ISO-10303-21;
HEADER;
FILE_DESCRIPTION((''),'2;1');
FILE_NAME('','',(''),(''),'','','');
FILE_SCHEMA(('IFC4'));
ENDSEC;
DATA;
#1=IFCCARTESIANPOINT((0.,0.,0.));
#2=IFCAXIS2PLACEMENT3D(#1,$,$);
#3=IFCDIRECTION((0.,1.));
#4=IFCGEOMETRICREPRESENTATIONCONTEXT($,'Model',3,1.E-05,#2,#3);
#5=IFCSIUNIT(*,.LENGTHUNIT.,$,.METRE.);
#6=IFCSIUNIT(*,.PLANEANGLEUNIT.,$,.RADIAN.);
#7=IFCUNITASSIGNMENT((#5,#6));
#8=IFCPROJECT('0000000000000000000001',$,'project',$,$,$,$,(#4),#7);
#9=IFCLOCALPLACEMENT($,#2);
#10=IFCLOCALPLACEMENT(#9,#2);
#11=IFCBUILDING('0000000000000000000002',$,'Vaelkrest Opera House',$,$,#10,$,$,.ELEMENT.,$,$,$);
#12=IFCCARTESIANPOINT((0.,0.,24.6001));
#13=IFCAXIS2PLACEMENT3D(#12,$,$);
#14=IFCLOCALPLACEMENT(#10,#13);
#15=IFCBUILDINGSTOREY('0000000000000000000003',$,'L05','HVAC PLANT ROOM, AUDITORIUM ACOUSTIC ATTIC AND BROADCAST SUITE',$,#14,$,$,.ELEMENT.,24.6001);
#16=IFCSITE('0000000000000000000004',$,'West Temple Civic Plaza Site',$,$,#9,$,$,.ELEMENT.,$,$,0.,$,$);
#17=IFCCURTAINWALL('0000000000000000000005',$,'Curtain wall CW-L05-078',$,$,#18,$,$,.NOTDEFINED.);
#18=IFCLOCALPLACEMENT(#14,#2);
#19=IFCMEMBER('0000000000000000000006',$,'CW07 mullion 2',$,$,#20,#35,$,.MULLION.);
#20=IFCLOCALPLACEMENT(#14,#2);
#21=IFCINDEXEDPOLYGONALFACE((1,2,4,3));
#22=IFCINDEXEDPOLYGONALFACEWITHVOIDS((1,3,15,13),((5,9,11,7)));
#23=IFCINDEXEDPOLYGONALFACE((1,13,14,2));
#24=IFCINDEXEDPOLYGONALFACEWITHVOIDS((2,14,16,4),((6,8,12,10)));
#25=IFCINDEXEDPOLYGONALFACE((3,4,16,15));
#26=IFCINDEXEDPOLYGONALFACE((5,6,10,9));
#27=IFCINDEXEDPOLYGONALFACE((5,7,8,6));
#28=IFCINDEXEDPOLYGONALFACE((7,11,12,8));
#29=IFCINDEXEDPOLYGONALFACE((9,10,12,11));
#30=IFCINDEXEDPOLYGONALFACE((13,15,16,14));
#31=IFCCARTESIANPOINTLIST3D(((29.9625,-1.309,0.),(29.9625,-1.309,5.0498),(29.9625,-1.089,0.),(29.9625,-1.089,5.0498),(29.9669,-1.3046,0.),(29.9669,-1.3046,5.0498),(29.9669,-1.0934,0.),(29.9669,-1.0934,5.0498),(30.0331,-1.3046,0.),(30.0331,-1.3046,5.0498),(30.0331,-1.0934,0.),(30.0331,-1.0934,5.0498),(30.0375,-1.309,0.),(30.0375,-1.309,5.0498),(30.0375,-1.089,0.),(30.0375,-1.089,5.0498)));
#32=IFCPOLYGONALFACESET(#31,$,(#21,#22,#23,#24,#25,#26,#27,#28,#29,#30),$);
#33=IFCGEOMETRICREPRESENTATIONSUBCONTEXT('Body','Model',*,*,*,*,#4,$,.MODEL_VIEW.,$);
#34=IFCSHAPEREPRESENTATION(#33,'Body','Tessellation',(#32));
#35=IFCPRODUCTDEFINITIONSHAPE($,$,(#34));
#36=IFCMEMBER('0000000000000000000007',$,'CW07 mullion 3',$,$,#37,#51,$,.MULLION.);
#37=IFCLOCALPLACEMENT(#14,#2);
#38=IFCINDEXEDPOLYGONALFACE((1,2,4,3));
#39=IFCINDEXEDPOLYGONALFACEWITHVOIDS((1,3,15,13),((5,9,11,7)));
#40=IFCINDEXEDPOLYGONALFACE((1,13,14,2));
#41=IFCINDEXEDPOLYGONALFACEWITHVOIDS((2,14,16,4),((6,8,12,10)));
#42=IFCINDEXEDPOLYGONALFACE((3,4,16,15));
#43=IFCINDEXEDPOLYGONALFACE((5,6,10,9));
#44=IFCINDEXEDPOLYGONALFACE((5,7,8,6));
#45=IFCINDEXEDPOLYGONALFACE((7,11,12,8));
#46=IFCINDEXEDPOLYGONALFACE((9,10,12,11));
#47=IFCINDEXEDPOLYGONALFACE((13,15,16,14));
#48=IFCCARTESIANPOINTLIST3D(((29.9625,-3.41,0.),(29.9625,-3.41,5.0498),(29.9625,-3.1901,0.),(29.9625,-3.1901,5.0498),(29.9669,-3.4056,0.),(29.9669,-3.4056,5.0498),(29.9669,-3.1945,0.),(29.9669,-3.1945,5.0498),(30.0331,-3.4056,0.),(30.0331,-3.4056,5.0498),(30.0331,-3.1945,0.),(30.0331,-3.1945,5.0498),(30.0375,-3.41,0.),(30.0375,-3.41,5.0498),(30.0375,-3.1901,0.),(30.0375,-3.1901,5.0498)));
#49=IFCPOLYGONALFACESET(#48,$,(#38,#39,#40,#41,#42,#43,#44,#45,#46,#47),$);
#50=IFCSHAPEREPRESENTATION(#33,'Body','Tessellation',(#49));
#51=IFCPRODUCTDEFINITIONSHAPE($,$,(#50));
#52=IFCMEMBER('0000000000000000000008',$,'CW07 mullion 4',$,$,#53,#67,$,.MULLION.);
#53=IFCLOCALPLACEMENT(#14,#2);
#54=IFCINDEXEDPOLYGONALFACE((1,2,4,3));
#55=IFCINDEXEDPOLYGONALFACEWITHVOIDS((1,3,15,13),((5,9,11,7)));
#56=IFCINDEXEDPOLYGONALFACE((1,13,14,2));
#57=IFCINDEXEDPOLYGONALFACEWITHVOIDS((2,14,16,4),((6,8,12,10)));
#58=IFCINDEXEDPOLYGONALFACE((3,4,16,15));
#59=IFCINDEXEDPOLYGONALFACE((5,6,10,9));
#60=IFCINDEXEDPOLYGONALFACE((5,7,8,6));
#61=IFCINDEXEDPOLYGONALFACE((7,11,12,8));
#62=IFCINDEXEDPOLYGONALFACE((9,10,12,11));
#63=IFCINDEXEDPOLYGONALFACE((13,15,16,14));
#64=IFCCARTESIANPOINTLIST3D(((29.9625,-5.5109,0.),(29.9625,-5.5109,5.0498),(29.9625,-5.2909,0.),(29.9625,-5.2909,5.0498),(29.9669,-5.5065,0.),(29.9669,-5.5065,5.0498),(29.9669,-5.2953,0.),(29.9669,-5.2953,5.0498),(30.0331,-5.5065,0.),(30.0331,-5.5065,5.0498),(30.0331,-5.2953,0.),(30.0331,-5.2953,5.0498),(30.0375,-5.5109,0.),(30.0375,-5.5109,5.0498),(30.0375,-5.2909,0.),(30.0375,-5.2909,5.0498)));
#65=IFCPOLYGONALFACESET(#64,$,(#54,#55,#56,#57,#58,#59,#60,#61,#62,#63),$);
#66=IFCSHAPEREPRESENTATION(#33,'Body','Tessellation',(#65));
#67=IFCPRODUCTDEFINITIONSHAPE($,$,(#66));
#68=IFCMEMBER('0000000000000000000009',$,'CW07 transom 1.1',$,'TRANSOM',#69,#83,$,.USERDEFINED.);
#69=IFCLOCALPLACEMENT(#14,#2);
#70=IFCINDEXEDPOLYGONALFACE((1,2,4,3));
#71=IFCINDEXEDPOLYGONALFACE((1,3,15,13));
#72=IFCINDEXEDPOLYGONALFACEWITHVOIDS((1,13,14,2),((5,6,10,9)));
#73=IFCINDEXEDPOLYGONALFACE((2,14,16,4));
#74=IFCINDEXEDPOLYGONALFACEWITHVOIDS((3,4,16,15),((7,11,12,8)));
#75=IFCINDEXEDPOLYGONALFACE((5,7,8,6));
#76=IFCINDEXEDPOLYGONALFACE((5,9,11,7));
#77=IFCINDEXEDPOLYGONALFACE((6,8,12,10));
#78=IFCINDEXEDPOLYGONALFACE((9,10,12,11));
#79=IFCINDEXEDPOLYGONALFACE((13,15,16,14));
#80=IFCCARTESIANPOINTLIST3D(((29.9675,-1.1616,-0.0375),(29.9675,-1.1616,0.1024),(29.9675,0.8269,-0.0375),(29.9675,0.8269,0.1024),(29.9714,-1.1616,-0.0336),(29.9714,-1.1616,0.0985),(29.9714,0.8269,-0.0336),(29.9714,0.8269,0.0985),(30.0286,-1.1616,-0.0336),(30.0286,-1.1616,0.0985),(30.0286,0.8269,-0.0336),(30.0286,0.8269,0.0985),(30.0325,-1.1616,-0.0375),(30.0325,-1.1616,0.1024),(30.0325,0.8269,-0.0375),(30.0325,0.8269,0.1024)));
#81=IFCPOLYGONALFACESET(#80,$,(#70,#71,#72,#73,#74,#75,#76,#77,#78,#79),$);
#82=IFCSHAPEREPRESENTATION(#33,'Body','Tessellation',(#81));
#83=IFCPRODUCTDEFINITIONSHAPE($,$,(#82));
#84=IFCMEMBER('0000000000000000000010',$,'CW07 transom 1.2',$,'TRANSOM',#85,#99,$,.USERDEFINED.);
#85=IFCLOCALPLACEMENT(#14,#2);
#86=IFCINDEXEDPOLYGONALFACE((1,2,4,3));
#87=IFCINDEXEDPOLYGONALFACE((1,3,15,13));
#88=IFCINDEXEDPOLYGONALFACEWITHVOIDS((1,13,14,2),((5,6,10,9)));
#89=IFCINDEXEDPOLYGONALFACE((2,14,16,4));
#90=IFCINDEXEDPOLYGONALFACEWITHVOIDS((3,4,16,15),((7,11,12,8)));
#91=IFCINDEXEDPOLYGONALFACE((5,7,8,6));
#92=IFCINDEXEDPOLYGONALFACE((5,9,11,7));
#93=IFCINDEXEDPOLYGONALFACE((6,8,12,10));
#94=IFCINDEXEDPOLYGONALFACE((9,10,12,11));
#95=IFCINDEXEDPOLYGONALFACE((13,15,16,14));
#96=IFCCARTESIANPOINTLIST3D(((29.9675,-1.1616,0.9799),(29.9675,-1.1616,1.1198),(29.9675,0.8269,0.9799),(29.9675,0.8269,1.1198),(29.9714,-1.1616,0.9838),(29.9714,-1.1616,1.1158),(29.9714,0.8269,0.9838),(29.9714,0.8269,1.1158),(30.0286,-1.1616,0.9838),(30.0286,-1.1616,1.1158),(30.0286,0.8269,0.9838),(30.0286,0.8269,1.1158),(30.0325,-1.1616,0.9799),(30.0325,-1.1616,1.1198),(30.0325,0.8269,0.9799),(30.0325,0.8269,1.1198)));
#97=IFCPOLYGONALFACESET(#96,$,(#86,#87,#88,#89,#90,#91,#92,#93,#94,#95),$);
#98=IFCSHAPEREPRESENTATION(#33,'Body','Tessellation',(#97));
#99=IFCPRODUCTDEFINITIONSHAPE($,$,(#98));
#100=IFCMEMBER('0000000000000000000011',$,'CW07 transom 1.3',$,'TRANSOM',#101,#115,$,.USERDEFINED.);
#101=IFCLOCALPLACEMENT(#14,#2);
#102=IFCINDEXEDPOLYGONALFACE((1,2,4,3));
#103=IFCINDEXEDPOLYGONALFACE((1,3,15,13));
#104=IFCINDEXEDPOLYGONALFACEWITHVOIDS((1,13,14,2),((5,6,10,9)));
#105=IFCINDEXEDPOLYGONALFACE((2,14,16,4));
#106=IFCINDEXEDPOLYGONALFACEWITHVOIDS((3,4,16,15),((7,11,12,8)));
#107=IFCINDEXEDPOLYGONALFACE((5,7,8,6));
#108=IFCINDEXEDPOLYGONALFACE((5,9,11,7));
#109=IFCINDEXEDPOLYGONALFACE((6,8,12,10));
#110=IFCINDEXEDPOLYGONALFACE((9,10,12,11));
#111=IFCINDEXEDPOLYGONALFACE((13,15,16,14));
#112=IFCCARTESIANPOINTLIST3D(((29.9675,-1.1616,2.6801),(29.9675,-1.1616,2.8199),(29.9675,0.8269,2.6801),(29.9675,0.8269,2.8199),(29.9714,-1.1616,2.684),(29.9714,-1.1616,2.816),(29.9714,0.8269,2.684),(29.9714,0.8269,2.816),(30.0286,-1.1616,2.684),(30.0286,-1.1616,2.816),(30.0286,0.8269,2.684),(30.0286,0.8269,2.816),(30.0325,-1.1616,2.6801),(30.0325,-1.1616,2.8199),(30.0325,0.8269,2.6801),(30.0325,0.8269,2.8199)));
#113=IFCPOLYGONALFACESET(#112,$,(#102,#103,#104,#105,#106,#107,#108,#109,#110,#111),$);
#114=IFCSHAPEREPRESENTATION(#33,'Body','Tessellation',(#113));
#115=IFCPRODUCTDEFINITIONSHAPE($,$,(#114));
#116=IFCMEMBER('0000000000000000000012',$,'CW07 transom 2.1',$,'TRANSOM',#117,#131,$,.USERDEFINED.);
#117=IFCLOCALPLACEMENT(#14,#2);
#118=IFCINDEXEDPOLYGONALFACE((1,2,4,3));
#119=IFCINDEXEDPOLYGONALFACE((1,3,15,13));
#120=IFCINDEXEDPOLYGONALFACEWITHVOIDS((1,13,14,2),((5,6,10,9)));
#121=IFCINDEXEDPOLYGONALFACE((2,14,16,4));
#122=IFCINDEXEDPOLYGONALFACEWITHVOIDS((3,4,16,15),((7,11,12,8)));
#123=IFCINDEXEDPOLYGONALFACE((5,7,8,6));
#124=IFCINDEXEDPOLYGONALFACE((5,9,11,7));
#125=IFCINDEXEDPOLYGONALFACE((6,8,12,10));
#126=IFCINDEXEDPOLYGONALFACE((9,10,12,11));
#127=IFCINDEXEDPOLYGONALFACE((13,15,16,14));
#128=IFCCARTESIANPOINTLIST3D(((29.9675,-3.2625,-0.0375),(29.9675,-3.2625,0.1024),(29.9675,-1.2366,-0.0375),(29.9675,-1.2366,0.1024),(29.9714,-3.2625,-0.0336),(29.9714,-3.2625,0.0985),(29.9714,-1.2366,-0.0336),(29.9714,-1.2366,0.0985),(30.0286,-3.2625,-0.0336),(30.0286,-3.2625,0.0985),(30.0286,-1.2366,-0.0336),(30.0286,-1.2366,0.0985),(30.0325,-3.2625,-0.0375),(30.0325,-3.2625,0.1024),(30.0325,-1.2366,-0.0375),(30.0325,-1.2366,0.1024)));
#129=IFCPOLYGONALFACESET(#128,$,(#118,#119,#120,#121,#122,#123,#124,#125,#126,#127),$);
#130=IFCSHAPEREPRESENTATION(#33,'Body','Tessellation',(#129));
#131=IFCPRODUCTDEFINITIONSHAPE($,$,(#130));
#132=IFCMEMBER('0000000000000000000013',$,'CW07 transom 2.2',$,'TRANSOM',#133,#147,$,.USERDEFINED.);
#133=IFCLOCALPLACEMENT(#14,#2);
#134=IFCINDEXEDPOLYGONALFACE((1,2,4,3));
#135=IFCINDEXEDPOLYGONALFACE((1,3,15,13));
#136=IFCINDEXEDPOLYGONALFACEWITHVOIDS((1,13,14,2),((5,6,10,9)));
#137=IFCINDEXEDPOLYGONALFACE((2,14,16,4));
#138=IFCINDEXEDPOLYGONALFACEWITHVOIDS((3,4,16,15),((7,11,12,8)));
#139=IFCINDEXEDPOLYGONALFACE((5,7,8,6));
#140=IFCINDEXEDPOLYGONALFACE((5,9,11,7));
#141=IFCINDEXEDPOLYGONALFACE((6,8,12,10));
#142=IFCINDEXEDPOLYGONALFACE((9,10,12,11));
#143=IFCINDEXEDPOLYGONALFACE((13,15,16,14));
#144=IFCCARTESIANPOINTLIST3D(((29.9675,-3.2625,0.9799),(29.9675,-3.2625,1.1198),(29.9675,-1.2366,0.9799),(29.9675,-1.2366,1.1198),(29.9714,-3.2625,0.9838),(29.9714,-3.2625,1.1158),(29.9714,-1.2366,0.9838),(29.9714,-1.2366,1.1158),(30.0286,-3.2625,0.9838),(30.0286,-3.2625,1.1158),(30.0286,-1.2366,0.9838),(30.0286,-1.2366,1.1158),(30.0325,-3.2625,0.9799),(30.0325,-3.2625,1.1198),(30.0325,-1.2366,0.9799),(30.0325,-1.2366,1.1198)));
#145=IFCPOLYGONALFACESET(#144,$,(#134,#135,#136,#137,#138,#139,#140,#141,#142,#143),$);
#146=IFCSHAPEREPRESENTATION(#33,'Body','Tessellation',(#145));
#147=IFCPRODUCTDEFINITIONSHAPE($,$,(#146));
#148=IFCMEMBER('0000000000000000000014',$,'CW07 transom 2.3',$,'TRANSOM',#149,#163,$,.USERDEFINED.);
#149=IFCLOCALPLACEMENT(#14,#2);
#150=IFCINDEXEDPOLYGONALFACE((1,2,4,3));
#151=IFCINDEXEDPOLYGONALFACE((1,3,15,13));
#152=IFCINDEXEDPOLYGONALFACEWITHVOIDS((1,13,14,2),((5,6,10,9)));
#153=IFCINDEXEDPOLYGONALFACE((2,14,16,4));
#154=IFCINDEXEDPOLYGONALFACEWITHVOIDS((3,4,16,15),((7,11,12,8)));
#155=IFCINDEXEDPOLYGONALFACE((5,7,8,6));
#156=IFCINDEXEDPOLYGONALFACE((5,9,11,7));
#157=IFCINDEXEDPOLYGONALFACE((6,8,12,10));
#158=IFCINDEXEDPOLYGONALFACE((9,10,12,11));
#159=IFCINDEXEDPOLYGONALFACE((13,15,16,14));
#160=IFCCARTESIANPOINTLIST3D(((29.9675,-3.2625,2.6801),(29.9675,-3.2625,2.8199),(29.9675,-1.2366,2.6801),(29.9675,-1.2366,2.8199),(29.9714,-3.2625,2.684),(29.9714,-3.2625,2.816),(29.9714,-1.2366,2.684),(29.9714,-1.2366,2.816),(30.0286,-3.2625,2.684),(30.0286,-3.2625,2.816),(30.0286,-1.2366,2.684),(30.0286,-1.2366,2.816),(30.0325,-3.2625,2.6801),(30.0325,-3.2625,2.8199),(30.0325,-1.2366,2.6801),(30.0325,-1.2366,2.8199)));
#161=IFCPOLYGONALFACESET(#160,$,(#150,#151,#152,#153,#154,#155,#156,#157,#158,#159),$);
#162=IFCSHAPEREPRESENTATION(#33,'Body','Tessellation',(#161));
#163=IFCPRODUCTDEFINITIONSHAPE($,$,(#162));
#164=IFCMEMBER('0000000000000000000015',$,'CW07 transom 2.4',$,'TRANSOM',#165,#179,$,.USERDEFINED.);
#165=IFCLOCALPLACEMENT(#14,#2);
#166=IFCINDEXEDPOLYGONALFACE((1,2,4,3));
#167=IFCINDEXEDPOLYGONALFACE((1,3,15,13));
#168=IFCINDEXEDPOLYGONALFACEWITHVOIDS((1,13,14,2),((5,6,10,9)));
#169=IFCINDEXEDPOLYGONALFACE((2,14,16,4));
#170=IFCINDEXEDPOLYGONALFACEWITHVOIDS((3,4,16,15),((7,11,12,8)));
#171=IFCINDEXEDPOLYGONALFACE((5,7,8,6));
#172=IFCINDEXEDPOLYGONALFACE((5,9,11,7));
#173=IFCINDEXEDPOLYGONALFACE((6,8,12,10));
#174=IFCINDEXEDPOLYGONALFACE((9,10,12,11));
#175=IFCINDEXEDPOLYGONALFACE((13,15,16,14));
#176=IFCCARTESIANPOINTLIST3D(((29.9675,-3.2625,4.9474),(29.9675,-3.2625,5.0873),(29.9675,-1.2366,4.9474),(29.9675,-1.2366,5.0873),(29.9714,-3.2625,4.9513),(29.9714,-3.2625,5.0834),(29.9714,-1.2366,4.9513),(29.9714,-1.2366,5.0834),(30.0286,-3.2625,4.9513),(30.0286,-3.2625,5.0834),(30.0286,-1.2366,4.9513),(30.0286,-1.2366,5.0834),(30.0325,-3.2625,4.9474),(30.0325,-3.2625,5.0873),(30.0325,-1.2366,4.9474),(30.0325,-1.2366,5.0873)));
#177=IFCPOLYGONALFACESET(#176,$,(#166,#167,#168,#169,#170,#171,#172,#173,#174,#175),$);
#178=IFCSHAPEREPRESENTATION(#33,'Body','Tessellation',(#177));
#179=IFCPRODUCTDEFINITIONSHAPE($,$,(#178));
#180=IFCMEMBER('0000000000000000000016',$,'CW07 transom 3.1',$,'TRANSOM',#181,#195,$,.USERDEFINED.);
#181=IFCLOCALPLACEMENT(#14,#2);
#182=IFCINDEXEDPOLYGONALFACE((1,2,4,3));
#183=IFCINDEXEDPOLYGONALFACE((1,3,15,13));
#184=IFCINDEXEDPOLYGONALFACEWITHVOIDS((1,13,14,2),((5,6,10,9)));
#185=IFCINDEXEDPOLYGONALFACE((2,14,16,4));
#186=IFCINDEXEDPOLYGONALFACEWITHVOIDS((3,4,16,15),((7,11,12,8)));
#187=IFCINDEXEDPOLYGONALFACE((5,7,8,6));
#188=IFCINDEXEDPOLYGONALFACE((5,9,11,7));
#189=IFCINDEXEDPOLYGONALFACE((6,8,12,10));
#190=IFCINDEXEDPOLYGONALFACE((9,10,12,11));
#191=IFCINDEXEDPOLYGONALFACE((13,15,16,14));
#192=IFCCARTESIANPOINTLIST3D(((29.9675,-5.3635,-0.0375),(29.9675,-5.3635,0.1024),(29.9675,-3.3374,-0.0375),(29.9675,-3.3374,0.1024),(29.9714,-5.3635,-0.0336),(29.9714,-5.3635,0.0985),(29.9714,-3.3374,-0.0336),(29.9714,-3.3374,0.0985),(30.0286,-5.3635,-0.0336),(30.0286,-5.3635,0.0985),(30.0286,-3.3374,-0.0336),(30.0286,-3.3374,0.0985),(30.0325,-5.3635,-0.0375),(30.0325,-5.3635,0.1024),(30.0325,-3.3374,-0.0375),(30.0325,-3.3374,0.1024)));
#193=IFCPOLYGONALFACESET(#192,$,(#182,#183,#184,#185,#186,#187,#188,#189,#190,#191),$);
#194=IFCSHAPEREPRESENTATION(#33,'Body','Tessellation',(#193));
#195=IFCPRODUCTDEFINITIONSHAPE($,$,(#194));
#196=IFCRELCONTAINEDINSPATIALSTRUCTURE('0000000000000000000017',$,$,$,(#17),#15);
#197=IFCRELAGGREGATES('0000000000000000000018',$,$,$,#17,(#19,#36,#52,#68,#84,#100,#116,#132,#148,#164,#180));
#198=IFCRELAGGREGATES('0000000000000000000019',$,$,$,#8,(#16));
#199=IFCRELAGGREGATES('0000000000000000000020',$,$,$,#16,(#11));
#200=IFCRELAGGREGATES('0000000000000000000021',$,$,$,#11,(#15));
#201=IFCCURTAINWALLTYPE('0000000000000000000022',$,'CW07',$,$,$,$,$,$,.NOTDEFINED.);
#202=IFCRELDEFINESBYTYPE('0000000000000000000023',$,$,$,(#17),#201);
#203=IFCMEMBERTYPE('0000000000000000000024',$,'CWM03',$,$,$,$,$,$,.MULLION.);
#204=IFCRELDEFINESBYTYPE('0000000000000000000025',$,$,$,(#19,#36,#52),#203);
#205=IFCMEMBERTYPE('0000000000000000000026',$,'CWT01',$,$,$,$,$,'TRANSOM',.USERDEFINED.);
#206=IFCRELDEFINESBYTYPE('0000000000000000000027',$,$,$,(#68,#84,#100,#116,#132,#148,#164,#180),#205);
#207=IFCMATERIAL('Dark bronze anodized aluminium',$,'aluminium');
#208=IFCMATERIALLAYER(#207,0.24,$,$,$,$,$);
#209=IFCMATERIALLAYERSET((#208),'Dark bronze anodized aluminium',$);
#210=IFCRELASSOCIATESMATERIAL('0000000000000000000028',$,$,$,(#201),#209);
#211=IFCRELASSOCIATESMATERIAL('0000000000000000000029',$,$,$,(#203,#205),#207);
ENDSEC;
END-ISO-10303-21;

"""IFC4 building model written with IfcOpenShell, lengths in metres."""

from ifc_helpers import new_model, si_unit, direction, frame, origin, origin_2d, place, context, subcontext, project, spatial, hollow_rectangle, extrude, material, layer, layer_set, material_profile, profile_set, type_object, element, aggregate, save


model = new_model("IFC4")

# Units and contexts
model_context = context("Model", 3, precision=1e-05, world=origin(), true_north=direction((0.0, 1.0)))
body_context = subcontext(model_context, "Body", "Model", "MODEL_VIEW")
ifc_project = project(units=[si_unit("LENGTHUNIT", "METRE"), si_unit("PLANEANGLEUNIT", "RADIAN")], contexts=[model_context])

# Site, building, storey
site_placement = place(None, origin())
site = spatial("IfcSite", under=ifc_project, at=site_placement, Name="West Temple Civic Plaza Site", CompositionType="ELEMENT", RefElevation=0.0)
building_placement = place(site_placement, origin())
building = spatial("IfcBuilding", under=site, at=building_placement, Name="Vaelkrest Opera House", CompositionType="ELEMENT")
storey_placement = place(building_placement, frame((0.0, 0.0, 24.6001)))
storey = spatial("IfcBuildingStorey", under=building, at=storey_placement, Name="L05", Description="HVAC PLANT ROOM, AUDITORIUM ACOUSTIC ATTIC AND BROADCAST SUITE", CompositionType="ELEMENT", Elevation=24.6001)

# Curtain wall, members
ifc_material_1 = material(Name="Dark bronze anodized aluminium", Category="aluminium")
ifc_layer_1 = layer(ifc_material_1, 0.24)
ifc_layer_set_1 = layer_set([ifc_layer_1], Name="Dark bronze anodized aluminium")
curtain_wall_type = type_object("IfcCurtainWallType", Name="CW07", PredefinedType="NOTDEFINED", material=ifc_layer_set_1)
curtain_wall_placement = place(storey_placement, origin())
curtain_wall = element("IfcCurtainWall", 1, at=curtain_wall_placement, inside=storey, type_object=curtain_wall_type, Name="Curtain wall CW-L05-078", PredefinedType="NOTDEFINED")
ifc_material_profile_1 = material_profile(ifc_material_1, hollow_rectangle(XDim=0.075, YDim=0.22, WallThickness=0.0044, at=origin_2d()), Name="CWM75X220")
ifc_profile_set_1 = profile_set([ifc_material_profile_1], Name="Dark bronze anodized aluminium")
member_type_1 = type_object("IfcMemberType", Name="CWM03", PredefinedType="MULLION", material=ifc_profile_set_1)
member_1_placement = place(storey_placement, frame((30.0, -1.199, 0.0), z_axis=(0.0, 0.0, 1.0), x_axis=(1.0, 0.0, 0.0)))
member_1 = element("IfcMember", 2, at=member_1_placement, type_object=member_type_1, Name="CW07 mullion 2", PredefinedType="MULLION", context=body_context, shape_type="SweptSolid", body=[
    extrude(hollow_rectangle(XDim=0.075, YDim=0.22, WallThickness=0.0044, at=origin_2d()), origin(), (0.0, 0.0, 1.0), 5.0498),
])
member_2_placement = place(storey_placement, frame((30.0, -3.3, 0.0), z_axis=(0.0, 0.0, 1.0), x_axis=(1.0, 0.0, 0.0)))
member_2 = element("IfcMember", 3, at=member_2_placement, type_object=member_type_1, Name="CW07 mullion 3", PredefinedType="MULLION", context=body_context, shape_type="SweptSolid", body=[
    extrude(hollow_rectangle(XDim=0.075, YDim=0.22, WallThickness=0.0044, at=origin_2d()), origin(), (0.0, 0.0, 1.0), 5.0498),
])
member_3_placement = place(storey_placement, frame((30.0, -5.4009, 0.0), z_axis=(0.0, 0.0, 1.0), x_axis=(1.0, 0.0, 0.0)))
member_3 = element("IfcMember", 4, at=member_3_placement, type_object=member_type_1, Name="CW07 mullion 4", PredefinedType="MULLION", context=body_context, shape_type="SweptSolid", body=[
    extrude(hollow_rectangle(XDim=0.075, YDim=0.22, WallThickness=0.0044, at=origin_2d()), origin(), (0.0, 0.0, 1.0), 5.0498),
])
ifc_material_profile_2 = material_profile(ifc_material_1, hollow_rectangle(XDim=0.0649, YDim=0.1399, WallThickness=0.0039, at=origin_2d()), Name="CWT65X140")
ifc_profile_set_2 = profile_set([ifc_material_profile_2], Name="Dark bronze anodized aluminium")
member_type_2 = type_object("IfcMemberType", Name="CWT01", ElementType="TRANSOM", PredefinedType="USERDEFINED", material=ifc_profile_set_2)
member_4_placement = place(storey_placement, frame((30.0, 0.8269, 0.0325), z_axis=(0.0, -1.0, 0.0), x_axis=(1.0, 0.0, 0.0)))
member_4 = element("IfcMember", 5, at=member_4_placement, type_object=member_type_2, Name="CW07 transom 1.1", ObjectType="TRANSOM", PredefinedType="USERDEFINED", context=body_context, shape_type="SweptSolid", body=[
    extrude(hollow_rectangle(XDim=0.0649, YDim=0.1399, WallThickness=0.0039, at=origin_2d()), origin(), (0.0, 0.0, 1.0), 1.9885),
])
member_5_placement = place(storey_placement, frame((30.0, 0.8269, 1.0498), z_axis=(0.0, -1.0, 0.0), x_axis=(1.0, 0.0, 0.0)))
member_5 = element("IfcMember", 6, at=member_5_placement, type_object=member_type_2, Name="CW07 transom 1.2", ObjectType="TRANSOM", PredefinedType="USERDEFINED", context=body_context, shape_type="SweptSolid", body=[
    extrude(hollow_rectangle(XDim=0.0649, YDim=0.1399, WallThickness=0.0039, at=origin_2d()), origin(), (0.0, 0.0, 1.0), 1.9885),
])
member_6_placement = place(storey_placement, frame((30.0, 0.8269, 2.75), z_axis=(0.0, -1.0, 0.0), x_axis=(1.0, 0.0, 0.0)))
member_6 = element("IfcMember", 7, at=member_6_placement, type_object=member_type_2, Name="CW07 transom 1.3", ObjectType="TRANSOM", PredefinedType="USERDEFINED", context=body_context, shape_type="SweptSolid", body=[
    extrude(hollow_rectangle(XDim=0.0649, YDim=0.1399, WallThickness=0.0039, at=origin_2d()), origin(), (0.0, 0.0, 1.0), 1.9885),
])
member_7_placement = place(storey_placement, frame((30.0, -1.2366, 0.0325), z_axis=(0.0, -1.0, 0.0), x_axis=(1.0, 0.0, 0.0)))
member_7 = element("IfcMember", 8, at=member_7_placement, type_object=member_type_2, Name="CW07 transom 2.1", ObjectType="TRANSOM", PredefinedType="USERDEFINED", context=body_context, shape_type="SweptSolid", body=[
    extrude(hollow_rectangle(XDim=0.0649, YDim=0.1399, WallThickness=0.0039, at=origin_2d()), origin(), (0.0, 0.0, 1.0), 2.0259),
])
member_8_placement = place(storey_placement, frame((30.0, -1.2366, 1.0498), z_axis=(0.0, -1.0, 0.0), x_axis=(1.0, 0.0, 0.0)))
member_8 = element("IfcMember", 9, at=member_8_placement, type_object=member_type_2, Name="CW07 transom 2.2", ObjectType="TRANSOM", PredefinedType="USERDEFINED", context=body_context, shape_type="SweptSolid", body=[
    extrude(hollow_rectangle(XDim=0.0649, YDim=0.1399, WallThickness=0.0039, at=origin_2d()), origin(), (0.0, 0.0, 1.0), 2.0259),
])
member_9_placement = place(storey_placement, frame((30.0, -1.2366, 2.75), z_axis=(0.0, -1.0, 0.0), x_axis=(1.0, 0.0, 0.0)))
member_9 = element("IfcMember", 10, at=member_9_placement, type_object=member_type_2, Name="CW07 transom 2.3", ObjectType="TRANSOM", PredefinedType="USERDEFINED", context=body_context, shape_type="SweptSolid", body=[
    extrude(hollow_rectangle(XDim=0.0649, YDim=0.1399, WallThickness=0.0039, at=origin_2d()), origin(), (0.0, 0.0, 1.0), 2.0259),
])
member_10_placement = place(storey_placement, frame((30.0, -1.2366, 5.0173), z_axis=(0.0, -1.0, 0.0), x_axis=(1.0, 0.0, 0.0)))
member_10 = element("IfcMember", 11, at=member_10_placement, type_object=member_type_2, Name="CW07 transom 2.4", ObjectType="TRANSOM", PredefinedType="USERDEFINED", context=body_context, shape_type="SweptSolid", body=[
    extrude(hollow_rectangle(XDim=0.0649, YDim=0.1399, WallThickness=0.0039, at=origin_2d()), origin(), (0.0, 0.0, 1.0), 2.0259),
])
member_11_placement = place(storey_placement, frame((30.0, -3.3374, 0.0325), z_axis=(0.0, -1.0, 0.0), x_axis=(1.0, 0.0, 0.0)))
member_11 = element("IfcMember", 12, at=member_11_placement, type_object=member_type_2, Name="CW07 transom 3.1", ObjectType="TRANSOM", PredefinedType="USERDEFINED", context=body_context, shape_type="SweptSolid", body=[
    extrude(hollow_rectangle(XDim=0.0649, YDim=0.1399, WallThickness=0.0039, at=origin_2d()), origin(), (0.0, 0.0, 1.0), 2.0261),
])
aggregate(curtain_wall, [member_1, member_2, member_3, member_4, member_5, member_6, member_7, member_8, member_9, member_10, member_11])

save(model, "model.ifc")
